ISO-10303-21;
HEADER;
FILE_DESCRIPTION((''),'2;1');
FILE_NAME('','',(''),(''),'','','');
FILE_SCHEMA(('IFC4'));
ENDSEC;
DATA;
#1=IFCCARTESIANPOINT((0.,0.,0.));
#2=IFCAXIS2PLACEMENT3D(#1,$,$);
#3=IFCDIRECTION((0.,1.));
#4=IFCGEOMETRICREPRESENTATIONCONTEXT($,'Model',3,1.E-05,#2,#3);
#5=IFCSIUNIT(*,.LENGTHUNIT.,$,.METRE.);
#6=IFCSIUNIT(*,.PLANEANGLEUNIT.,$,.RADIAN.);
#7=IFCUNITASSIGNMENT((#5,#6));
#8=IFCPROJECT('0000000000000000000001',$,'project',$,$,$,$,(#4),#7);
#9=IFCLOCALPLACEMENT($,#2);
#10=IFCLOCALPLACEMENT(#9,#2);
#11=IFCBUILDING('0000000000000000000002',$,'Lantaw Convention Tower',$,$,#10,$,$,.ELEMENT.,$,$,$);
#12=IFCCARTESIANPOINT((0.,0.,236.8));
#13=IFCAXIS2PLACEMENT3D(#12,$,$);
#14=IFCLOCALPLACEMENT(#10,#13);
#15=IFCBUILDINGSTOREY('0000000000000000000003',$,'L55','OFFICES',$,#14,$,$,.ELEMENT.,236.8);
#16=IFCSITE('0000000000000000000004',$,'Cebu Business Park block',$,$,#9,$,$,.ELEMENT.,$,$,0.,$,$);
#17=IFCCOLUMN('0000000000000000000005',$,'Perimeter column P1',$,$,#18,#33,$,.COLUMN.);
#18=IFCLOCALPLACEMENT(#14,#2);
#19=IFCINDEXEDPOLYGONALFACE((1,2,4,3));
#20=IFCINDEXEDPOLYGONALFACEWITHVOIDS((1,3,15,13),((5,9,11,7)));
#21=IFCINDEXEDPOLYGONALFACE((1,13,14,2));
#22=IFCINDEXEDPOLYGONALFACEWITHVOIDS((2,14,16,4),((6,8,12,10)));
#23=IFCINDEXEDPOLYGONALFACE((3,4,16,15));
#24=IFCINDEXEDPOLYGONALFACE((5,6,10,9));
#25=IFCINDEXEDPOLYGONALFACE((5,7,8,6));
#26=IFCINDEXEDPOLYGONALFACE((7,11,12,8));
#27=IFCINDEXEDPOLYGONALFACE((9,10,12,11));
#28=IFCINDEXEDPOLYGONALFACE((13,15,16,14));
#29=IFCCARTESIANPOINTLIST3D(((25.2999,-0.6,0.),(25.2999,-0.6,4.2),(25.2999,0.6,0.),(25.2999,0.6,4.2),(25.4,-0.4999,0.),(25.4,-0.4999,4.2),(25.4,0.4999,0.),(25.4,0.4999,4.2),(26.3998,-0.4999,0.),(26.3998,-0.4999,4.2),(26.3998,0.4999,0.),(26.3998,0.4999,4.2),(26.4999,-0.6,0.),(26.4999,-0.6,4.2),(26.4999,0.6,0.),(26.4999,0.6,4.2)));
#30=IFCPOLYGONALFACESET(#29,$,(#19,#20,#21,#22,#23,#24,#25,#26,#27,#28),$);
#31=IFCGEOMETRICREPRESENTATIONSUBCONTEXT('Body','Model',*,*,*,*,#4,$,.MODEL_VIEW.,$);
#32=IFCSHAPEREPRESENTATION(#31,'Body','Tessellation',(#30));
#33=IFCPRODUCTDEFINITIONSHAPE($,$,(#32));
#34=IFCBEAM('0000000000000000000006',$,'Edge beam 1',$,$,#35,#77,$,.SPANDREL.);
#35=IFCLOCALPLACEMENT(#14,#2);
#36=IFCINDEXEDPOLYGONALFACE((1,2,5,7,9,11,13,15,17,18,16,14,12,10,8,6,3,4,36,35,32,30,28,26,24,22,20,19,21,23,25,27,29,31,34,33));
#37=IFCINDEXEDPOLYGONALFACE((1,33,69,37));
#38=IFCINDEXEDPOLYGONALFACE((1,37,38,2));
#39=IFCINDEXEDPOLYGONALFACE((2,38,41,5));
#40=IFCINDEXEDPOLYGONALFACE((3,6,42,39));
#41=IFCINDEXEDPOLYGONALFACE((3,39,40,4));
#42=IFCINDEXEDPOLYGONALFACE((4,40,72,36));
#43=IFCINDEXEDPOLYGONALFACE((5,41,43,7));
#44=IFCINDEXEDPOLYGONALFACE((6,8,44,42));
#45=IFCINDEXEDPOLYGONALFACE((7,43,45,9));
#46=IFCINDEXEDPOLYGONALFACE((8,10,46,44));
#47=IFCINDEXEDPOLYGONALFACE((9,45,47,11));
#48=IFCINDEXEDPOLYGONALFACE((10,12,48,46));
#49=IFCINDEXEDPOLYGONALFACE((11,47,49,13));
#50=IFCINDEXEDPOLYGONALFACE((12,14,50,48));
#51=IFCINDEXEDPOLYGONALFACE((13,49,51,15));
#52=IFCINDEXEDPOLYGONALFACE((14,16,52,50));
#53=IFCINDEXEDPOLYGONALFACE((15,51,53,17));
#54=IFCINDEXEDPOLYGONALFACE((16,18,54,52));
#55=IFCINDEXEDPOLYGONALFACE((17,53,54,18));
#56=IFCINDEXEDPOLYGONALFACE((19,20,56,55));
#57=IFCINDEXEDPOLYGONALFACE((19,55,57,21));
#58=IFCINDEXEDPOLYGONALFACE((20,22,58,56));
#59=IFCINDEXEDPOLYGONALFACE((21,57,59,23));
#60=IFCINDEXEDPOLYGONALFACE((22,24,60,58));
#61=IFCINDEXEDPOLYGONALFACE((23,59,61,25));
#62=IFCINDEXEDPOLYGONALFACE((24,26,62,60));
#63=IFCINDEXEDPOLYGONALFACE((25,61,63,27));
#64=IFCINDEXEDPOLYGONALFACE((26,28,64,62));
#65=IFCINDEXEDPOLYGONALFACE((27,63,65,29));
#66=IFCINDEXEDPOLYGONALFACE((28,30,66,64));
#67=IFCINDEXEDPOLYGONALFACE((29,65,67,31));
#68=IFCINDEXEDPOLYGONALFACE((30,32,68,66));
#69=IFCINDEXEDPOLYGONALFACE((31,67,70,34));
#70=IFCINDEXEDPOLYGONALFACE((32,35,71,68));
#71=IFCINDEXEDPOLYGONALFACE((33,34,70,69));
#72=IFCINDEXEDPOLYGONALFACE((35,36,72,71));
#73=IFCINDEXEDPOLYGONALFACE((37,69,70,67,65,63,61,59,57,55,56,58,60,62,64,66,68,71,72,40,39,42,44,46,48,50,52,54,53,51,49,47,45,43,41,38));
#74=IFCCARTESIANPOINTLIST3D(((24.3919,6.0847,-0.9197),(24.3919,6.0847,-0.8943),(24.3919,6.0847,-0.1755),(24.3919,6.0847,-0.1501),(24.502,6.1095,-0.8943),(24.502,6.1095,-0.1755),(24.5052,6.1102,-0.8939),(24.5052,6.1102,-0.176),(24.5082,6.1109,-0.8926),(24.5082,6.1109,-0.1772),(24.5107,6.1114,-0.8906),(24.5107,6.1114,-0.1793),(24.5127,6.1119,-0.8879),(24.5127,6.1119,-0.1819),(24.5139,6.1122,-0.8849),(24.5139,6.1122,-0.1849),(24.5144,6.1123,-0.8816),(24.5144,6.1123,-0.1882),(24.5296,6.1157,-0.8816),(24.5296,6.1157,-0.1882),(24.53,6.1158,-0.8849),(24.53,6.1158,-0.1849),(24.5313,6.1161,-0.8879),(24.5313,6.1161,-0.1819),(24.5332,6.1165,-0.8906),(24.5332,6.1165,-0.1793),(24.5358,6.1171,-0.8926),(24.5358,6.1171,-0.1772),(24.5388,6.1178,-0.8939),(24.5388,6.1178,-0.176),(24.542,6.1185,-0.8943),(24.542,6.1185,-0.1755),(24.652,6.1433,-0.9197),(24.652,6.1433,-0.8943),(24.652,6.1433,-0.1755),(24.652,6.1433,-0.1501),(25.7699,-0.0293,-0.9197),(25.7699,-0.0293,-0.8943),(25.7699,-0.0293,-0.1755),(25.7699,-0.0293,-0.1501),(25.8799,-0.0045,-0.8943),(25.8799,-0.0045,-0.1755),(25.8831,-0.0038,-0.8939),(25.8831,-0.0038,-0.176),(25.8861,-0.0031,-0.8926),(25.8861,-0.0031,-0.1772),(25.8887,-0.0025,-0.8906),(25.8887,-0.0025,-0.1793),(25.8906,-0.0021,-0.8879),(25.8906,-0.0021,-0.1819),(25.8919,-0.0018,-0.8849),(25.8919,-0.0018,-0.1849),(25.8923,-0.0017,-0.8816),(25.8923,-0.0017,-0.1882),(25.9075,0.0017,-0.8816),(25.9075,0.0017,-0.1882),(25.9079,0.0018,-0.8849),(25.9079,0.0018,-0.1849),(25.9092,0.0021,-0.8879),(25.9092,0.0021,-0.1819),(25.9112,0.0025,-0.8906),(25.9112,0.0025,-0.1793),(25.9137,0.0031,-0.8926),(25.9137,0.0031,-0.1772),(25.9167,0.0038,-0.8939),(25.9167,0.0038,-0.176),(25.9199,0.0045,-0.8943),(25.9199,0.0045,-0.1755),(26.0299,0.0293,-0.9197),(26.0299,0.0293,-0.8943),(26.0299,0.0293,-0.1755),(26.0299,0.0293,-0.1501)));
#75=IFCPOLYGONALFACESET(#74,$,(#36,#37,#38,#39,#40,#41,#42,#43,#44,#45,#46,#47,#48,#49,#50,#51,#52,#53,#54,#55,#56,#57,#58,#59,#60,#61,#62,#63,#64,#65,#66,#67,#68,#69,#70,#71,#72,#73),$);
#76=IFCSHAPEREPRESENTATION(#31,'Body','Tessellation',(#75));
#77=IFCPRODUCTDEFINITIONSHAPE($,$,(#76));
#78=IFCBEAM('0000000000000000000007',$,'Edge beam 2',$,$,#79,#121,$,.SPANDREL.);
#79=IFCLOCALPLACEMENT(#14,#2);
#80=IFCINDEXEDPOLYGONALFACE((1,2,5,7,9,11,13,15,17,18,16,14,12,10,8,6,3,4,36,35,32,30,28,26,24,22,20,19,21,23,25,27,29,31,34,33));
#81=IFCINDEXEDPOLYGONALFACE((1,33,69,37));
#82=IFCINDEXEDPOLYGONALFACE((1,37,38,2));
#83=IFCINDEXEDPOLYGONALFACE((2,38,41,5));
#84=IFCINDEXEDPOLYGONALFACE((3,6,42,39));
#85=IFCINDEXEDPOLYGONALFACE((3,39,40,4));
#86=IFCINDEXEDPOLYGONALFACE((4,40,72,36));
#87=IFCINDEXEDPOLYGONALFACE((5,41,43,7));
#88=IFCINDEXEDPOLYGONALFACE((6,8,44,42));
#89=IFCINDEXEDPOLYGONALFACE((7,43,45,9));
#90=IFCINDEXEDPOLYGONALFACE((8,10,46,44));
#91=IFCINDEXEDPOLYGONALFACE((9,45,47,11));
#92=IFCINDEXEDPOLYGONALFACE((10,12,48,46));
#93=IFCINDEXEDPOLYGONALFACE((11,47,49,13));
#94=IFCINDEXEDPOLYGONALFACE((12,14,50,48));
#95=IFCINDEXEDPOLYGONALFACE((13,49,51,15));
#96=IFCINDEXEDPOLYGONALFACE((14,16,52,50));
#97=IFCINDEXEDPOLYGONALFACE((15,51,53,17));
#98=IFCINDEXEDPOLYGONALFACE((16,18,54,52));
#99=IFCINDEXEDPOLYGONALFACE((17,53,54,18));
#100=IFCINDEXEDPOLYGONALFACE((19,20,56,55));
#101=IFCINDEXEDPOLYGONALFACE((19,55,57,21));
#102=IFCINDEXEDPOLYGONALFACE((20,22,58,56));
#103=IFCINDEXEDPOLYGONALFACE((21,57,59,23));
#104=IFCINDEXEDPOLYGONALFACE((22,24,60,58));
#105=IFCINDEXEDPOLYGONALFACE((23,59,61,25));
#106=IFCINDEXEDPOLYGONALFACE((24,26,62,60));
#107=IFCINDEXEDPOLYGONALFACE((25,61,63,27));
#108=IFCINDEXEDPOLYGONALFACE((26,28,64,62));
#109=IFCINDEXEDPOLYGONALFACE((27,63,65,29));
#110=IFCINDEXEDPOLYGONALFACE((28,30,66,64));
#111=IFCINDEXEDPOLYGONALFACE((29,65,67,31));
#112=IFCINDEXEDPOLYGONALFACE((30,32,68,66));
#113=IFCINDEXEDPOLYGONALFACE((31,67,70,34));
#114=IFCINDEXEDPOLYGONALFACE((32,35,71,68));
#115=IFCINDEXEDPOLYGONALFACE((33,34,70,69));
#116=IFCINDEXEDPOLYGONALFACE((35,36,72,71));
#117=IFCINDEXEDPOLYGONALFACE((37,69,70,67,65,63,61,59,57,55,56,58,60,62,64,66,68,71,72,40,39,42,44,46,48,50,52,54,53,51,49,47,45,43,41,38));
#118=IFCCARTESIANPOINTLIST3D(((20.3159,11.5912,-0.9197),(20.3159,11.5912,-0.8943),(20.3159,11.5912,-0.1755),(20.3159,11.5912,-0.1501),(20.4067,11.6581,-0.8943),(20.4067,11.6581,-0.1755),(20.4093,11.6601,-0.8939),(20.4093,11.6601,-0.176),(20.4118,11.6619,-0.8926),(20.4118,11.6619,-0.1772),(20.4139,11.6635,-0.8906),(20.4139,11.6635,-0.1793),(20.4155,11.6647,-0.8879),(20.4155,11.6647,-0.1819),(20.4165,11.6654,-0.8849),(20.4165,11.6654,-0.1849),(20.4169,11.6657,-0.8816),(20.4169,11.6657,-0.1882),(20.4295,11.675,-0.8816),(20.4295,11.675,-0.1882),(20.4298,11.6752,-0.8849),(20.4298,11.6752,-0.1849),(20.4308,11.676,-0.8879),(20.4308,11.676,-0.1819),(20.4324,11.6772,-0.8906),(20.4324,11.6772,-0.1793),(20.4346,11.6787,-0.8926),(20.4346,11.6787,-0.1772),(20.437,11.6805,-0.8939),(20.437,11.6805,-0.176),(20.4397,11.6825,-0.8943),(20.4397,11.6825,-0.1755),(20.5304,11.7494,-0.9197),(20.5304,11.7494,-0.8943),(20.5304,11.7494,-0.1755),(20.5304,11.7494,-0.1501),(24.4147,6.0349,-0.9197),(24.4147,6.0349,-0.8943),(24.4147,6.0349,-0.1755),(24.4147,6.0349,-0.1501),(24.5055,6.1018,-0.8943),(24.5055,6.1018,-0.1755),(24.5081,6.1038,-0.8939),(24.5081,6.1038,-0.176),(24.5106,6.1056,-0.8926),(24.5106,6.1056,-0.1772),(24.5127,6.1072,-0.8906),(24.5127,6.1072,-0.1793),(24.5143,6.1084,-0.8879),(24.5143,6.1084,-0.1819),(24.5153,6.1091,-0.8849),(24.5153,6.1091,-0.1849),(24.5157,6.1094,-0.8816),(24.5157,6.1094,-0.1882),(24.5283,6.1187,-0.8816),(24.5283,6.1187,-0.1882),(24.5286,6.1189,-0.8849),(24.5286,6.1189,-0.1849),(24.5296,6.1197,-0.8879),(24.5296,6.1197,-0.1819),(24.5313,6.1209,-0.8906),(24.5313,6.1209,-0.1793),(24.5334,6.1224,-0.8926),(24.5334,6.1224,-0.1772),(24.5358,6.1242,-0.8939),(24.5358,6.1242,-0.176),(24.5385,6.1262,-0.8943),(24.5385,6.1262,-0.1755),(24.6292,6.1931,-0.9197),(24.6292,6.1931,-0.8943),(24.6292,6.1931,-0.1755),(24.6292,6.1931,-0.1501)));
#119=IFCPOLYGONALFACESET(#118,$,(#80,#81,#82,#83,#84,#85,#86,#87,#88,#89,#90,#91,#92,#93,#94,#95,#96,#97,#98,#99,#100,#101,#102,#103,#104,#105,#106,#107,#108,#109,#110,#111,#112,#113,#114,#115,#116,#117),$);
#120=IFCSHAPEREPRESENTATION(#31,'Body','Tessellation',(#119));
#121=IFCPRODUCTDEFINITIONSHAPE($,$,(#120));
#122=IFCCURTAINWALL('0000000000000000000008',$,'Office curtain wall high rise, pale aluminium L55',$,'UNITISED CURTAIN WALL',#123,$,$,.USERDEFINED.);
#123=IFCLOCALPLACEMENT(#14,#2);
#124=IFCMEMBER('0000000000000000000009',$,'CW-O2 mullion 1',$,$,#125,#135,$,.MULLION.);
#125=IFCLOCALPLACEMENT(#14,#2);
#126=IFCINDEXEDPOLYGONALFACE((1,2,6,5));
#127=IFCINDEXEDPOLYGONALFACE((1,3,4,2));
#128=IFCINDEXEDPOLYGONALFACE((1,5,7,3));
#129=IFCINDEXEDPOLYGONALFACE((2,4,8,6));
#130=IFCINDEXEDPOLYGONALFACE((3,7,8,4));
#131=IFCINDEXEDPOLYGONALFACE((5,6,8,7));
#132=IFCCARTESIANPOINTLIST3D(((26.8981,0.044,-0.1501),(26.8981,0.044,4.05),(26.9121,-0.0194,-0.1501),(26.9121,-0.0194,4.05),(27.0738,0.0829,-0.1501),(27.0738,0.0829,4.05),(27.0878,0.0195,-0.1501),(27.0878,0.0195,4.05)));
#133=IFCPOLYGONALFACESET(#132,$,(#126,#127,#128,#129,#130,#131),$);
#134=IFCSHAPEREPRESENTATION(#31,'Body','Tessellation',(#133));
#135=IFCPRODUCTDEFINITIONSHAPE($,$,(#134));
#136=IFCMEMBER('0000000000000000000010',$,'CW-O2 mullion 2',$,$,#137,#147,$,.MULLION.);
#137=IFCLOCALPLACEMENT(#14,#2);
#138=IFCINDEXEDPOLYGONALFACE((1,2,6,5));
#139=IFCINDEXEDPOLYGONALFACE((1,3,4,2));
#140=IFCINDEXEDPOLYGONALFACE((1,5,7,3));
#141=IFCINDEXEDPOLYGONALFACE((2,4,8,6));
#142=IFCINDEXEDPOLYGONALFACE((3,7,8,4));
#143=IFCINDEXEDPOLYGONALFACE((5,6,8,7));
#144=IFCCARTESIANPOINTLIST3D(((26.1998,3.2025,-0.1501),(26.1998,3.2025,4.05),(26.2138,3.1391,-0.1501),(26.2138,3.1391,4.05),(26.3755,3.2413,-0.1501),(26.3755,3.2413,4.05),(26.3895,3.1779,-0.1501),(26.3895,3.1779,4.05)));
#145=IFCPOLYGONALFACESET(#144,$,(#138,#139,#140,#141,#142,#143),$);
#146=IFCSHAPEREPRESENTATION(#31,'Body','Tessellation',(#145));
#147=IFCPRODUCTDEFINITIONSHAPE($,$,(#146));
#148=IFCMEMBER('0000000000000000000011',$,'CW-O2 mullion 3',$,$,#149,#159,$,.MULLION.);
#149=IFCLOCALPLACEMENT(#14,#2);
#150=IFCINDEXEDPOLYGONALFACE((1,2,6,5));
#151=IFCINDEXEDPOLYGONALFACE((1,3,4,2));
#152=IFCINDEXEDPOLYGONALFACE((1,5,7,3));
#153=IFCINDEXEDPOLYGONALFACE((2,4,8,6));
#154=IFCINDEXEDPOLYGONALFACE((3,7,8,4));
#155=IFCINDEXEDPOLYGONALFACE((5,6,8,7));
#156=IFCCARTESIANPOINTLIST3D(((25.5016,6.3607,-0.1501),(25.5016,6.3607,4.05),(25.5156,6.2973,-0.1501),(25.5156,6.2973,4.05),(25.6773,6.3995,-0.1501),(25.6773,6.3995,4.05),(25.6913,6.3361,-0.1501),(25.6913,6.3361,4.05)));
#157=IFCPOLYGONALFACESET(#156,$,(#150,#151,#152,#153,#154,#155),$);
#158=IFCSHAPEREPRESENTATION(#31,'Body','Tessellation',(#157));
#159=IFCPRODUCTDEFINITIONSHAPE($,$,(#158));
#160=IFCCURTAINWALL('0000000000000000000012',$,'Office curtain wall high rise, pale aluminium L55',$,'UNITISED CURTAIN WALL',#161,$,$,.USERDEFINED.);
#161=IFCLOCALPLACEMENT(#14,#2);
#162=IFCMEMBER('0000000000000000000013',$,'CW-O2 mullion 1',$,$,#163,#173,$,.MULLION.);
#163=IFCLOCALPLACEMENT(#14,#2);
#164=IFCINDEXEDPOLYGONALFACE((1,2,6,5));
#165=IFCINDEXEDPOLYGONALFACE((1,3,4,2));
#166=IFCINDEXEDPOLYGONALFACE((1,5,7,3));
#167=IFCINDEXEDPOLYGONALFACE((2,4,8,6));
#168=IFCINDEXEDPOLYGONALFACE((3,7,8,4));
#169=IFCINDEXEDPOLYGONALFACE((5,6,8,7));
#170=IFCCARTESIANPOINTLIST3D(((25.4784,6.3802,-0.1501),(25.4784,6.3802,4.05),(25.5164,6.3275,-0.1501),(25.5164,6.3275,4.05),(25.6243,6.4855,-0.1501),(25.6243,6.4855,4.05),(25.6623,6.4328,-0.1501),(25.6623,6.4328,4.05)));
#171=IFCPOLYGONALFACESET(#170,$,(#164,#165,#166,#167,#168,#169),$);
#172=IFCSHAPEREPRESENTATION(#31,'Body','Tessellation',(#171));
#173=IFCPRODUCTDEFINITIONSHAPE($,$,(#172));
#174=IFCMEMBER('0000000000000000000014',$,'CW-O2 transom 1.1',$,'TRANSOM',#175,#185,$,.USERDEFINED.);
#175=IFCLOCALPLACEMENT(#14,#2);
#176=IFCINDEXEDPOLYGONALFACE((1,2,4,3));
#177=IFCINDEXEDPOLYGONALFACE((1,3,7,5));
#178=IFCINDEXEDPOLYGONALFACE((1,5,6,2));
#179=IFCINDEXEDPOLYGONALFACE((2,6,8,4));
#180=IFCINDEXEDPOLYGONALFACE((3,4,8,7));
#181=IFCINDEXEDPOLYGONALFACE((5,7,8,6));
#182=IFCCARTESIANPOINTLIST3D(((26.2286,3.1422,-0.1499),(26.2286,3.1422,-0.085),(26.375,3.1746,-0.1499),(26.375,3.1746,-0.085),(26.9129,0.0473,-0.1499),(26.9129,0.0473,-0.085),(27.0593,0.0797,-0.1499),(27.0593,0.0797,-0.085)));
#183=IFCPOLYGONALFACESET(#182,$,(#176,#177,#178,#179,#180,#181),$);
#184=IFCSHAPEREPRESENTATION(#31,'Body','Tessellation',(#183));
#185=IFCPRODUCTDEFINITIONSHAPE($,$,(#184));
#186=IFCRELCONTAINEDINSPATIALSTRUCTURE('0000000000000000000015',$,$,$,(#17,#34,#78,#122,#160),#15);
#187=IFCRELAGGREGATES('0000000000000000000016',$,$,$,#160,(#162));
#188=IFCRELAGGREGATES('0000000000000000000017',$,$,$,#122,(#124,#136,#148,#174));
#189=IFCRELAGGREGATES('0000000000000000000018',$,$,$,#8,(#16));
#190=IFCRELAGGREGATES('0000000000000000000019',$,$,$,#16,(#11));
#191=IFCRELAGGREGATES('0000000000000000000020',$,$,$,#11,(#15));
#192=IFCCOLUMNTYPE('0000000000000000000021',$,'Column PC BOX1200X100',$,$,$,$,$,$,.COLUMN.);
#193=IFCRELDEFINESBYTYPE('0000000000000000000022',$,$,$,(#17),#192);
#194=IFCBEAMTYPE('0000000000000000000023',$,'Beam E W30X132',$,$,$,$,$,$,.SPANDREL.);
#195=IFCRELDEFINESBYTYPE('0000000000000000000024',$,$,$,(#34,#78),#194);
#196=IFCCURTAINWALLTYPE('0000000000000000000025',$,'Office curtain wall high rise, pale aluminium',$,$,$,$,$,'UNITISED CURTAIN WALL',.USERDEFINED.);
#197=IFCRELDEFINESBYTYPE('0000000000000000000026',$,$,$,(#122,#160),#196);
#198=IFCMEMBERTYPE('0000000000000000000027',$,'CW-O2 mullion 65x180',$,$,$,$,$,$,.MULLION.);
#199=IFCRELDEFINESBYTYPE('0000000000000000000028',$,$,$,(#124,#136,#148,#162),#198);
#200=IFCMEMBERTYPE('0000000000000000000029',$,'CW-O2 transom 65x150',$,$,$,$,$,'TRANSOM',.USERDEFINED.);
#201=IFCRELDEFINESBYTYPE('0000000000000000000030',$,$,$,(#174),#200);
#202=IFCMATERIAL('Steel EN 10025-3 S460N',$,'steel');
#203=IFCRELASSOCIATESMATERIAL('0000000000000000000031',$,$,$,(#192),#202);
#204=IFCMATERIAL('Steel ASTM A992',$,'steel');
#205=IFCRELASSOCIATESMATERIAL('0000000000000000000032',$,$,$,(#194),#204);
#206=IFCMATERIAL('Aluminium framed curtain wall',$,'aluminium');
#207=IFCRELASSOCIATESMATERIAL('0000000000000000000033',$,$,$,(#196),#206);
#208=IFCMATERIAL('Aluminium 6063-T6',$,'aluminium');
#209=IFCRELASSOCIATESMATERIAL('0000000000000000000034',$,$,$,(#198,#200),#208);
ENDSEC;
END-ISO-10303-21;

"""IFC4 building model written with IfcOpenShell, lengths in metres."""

from ifc_helpers import new_model, si_unit, direction, frame, origin, origin_2d, place, context, subcontext, project, spatial, rectangle, hollow_rectangle, i_section, extrude, material, material_profile, profile_set, type_object, element, aggregate, save


model = new_model("IFC4")

# Units and contexts
model_context = context("Model", 3, precision=1e-05, world=origin(), true_north=direction((0.0, 1.0)))
body_context = subcontext(model_context, "Body", "Model", "MODEL_VIEW")
ifc_project = project(units=[si_unit("LENGTHUNIT", "METRE"), si_unit("PLANEANGLEUNIT", "RADIAN")], contexts=[model_context])

# Site, building, storey
site_placement = place(None, origin())
site = spatial("IfcSite", under=ifc_project, at=site_placement, Name="Cebu Business Park block", CompositionType="ELEMENT", RefElevation=0.0)
building_placement = place(site_placement, origin())
building = spatial("IfcBuilding", under=site, at=building_placement, Name="Lantaw Convention Tower", CompositionType="ELEMENT")
storey_placement = place(building_placement, frame((0.0, 0.0, 236.8)))
storey = spatial("IfcBuildingStorey", under=building, at=storey_placement, Name="L55", Description="OFFICES", CompositionType="ELEMENT", Elevation=236.8)

# Column
ifc_material_1 = material(Name="Steel EN 10025-3 S460N", Category="steel")
ifc_material_profile_1 = material_profile(ifc_material_1, hollow_rectangle(XDim=1.2, YDim=1.2, WallThickness=0.1001, at=origin_2d()), Name="BOX1200X100")
ifc_material_2 = material(Name="Concrete C60/75", Category="concrete")
ifc_material_profile_2 = material_profile(ifc_material_2, rectangle(XDim=1.0, YDim=1.0, at=origin_2d()), Name="Concrete fill of BOX1200X100")
ifc_profile_set_1 = profile_set([ifc_material_profile_1, ifc_material_profile_2], Name="Steel EN 10025-3 S460N")
column_type = type_object("IfcColumnType", Name="Column PC BOX1200X100", PredefinedType="COLUMN", material=ifc_profile_set_1)
column_placement = place(storey_placement, frame((25.8999, 0.0, 0.0), z_axis=(0.0, 0.0, 1.0), x_axis=(1.0, 0.0, 0.0)))
element("IfcColumn", 1, at=column_placement, inside=storey, type_object=column_type, Name="Perimeter column P1", PredefinedType="COLUMN", context=body_context, shape_type="SweptSolid", body=[
    extrude(hollow_rectangle(XDim=1.2, YDim=1.2, WallThickness=0.1001, at=origin_2d()), origin(), (0.0, 0.0, 1.0), 4.2),
])

# Beams
ifc_material_3 = material(Name="Steel ASTM A992", Category="steel")
ifc_material_profile_3 = material_profile(ifc_material_3, i_section(OverallWidth=0.2666, OverallDepth=0.7695, WebThickness=0.0156, FlangeThickness=0.0254, FilletRadius=0.0127, at=origin_2d()), Name="W30X132")
ifc_profile_set_2 = profile_set([ifc_material_profile_3], Name="Steel ASTM A992")
beam_type = type_object("IfcBeamType", Name="Beam E W30X132", PredefinedType="SPANDREL", material=ifc_profile_set_2)
beam_1_placement = place(storey_placement, frame((25.8999, 0.0, -0.5349), z_axis=(-0.219858, 0.975532, 0.0), x_axis=(-0.975532, -0.219858, 0.0)))
element("IfcBeam", 2, at=beam_1_placement, inside=storey, type_object=beam_type, Name="Edge beam 1", PredefinedType="SPANDREL", context=body_context, shape_type="SweptSolid", body=[
    extrude(i_section(OverallWidth=0.2666, OverallDepth=0.7695, WebThickness=0.0156, FlangeThickness=0.0254, FilletRadius=0.0127, at=origin_2d()), origin(), (0.0, 0.0, 1.0), 6.2673),
])
beam_2_placement = place(storey_placement, frame((24.522, 6.114, -0.5349), z_axis=(-0.593639, 0.804731, 0.0), x_axis=(-0.804731, -0.593639, 0.0)))
element("IfcBeam", 3, at=beam_2_placement, inside=storey, type_object=beam_type, Name="Edge beam 2", PredefinedType="SPANDREL", context=body_context, shape_type="SweptSolid", body=[
    extrude(i_section(OverallWidth=0.2666, OverallDepth=0.7695, WebThickness=0.0156, FlangeThickness=0.0254, FilletRadius=0.0127, at=origin_2d()), origin(), (0.0, 0.0, 1.0), 6.9045),
])

# Curtain wall, members
ifc_material_4 = material(Name="Aluminium framed curtain wall", Category="aluminium")
curtain_wall_type = type_object("IfcCurtainWallType", Name="Office curtain wall high rise, pale aluminium", ElementType="UNITISED CURTAIN WALL", PredefinedType="USERDEFINED", material=ifc_material_4)
curtain_wall_1_placement = place(storey_placement, origin())
curtain_wall_1 = element("IfcCurtainWall", 4, at=curtain_wall_1_placement, inside=storey, type_object=curtain_wall_type, Name="Office curtain wall high rise, pale aluminium L55", ObjectType="UNITISED CURTAIN WALL", PredefinedType="USERDEFINED")
ifc_material_5 = material(Name="Aluminium 6063-T6", Category="aluminium")
ifc_material_profile_4 = material_profile(ifc_material_5, rectangle(XDim=0.1799, YDim=0.0649, at=origin_2d()), Name="CW-O2 mullion 65x180")
ifc_profile_set_3 = profile_set([ifc_material_profile_4], Name="Aluminium 6063-T6")
member_type_1 = type_object("IfcMemberType", Name="CW-O2 mullion 65x180", PredefinedType="MULLION", material=ifc_profile_set_3)
member_1_placement = place(storey_placement, frame((26.9929, 0.0317, -0.1501), z_axis=(0.0, 0.0, 1.0), x_axis=(-0.976417, -0.215891, 0.0)))
member_1 = element("IfcMember", 5, at=member_1_placement, type_object=member_type_1, Name="CW-O2 mullion 1", PredefinedType="MULLION", context=body_context, shape_type="SweptSolid", body=[
    extrude(rectangle(XDim=0.1799, YDim=0.0649, at=origin_2d()), origin(), (0.0, 0.0, 1.0), 4.2002),
])
member_2_placement = place(storey_placement, frame((26.2947, 3.1902, -0.1501), z_axis=(0.0, 0.0, 1.0), x_axis=(-0.976417, -0.215891, 0.0)))
member_2 = element("IfcMember", 6, at=member_2_placement, type_object=member_type_1, Name="CW-O2 mullion 2", PredefinedType="MULLION", context=body_context, shape_type="SweptSolid", body=[
    extrude(rectangle(XDim=0.1799, YDim=0.0649, at=origin_2d()), origin(), (0.0, 0.0, 1.0), 4.2002),
])
member_3_placement = place(storey_placement, frame((25.5964, 6.3484, -0.1501), z_axis=(0.0, 0.0, 1.0), x_axis=(-0.976417, -0.215891, 0.0)))
member_3 = element("IfcMember", 7, at=member_3_placement, type_object=member_type_1, Name="CW-O2 mullion 3", PredefinedType="MULLION", context=body_context, shape_type="SweptSolid", body=[
    extrude(rectangle(XDim=0.1799, YDim=0.0649, at=origin_2d()), origin(), (0.0, 0.0, 1.0), 4.2002),
])

# Curtain wall, member
curtain_wall_2_placement = place(storey_placement, origin())
curtain_wall_2 = element("IfcCurtainWall", 8, at=curtain_wall_2_placement, inside=storey, type_object=curtain_wall_type, Name="Office curtain wall high rise, pale aluminium L55", ObjectType="UNITISED CURTAIN WALL", PredefinedType="USERDEFINED")
member_4_placement = place(storey_placement, frame((25.5703, 6.4065, -0.1501), z_axis=(0.0, 0.0, 1.0), x_axis=(-0.81092, -0.585158, 0.0)))
member_4 = element("IfcMember", 9, at=member_4_placement, type_object=member_type_1, Name="CW-O2 mullion 1", PredefinedType="MULLION", context=body_context, shape_type="SweptSolid", body=[
    extrude(rectangle(XDim=0.1799, YDim=0.0649, at=origin_2d()), origin(), (0.0, 0.0, 1.0), 4.2002),
])

# Member
ifc_material_profile_5 = material_profile(ifc_material_5, rectangle(XDim=0.1499, YDim=0.0649, at=origin_2d()), Name="CW-O2 transom 65x150")
ifc_profile_set_4 = profile_set([ifc_material_profile_5], Name="Aluminium 6063-T6")
member_type_2 = type_object("IfcMemberType", Name="CW-O2 transom 65x150", ElementType="TRANSOM", PredefinedType="USERDEFINED", material=ifc_profile_set_4)
member_5_placement = place(storey_placement, frame((26.9861, 0.0635, -0.1174), z_axis=(-0.215895, 0.976417, 0.0), x_axis=(-0.976417, -0.215895, 0.0)))
member_5 = element("IfcMember", 10, at=member_5_placement, type_object=member_type_2, Name="CW-O2 transom 1.1", ObjectType="TRANSOM", PredefinedType="USERDEFINED", context=body_context, shape_type="SweptSolid", body=[
    extrude(rectangle(XDim=0.1499, YDim=0.0649, at=origin_2d()), origin(), (0.0, 0.0, 1.0), 3.1697),
])
aggregate(curtain_wall_2, [member_4])

aggregate(curtain_wall_1, [member_1, member_2, member_3, member_5])

save(model, "model.ifc")
